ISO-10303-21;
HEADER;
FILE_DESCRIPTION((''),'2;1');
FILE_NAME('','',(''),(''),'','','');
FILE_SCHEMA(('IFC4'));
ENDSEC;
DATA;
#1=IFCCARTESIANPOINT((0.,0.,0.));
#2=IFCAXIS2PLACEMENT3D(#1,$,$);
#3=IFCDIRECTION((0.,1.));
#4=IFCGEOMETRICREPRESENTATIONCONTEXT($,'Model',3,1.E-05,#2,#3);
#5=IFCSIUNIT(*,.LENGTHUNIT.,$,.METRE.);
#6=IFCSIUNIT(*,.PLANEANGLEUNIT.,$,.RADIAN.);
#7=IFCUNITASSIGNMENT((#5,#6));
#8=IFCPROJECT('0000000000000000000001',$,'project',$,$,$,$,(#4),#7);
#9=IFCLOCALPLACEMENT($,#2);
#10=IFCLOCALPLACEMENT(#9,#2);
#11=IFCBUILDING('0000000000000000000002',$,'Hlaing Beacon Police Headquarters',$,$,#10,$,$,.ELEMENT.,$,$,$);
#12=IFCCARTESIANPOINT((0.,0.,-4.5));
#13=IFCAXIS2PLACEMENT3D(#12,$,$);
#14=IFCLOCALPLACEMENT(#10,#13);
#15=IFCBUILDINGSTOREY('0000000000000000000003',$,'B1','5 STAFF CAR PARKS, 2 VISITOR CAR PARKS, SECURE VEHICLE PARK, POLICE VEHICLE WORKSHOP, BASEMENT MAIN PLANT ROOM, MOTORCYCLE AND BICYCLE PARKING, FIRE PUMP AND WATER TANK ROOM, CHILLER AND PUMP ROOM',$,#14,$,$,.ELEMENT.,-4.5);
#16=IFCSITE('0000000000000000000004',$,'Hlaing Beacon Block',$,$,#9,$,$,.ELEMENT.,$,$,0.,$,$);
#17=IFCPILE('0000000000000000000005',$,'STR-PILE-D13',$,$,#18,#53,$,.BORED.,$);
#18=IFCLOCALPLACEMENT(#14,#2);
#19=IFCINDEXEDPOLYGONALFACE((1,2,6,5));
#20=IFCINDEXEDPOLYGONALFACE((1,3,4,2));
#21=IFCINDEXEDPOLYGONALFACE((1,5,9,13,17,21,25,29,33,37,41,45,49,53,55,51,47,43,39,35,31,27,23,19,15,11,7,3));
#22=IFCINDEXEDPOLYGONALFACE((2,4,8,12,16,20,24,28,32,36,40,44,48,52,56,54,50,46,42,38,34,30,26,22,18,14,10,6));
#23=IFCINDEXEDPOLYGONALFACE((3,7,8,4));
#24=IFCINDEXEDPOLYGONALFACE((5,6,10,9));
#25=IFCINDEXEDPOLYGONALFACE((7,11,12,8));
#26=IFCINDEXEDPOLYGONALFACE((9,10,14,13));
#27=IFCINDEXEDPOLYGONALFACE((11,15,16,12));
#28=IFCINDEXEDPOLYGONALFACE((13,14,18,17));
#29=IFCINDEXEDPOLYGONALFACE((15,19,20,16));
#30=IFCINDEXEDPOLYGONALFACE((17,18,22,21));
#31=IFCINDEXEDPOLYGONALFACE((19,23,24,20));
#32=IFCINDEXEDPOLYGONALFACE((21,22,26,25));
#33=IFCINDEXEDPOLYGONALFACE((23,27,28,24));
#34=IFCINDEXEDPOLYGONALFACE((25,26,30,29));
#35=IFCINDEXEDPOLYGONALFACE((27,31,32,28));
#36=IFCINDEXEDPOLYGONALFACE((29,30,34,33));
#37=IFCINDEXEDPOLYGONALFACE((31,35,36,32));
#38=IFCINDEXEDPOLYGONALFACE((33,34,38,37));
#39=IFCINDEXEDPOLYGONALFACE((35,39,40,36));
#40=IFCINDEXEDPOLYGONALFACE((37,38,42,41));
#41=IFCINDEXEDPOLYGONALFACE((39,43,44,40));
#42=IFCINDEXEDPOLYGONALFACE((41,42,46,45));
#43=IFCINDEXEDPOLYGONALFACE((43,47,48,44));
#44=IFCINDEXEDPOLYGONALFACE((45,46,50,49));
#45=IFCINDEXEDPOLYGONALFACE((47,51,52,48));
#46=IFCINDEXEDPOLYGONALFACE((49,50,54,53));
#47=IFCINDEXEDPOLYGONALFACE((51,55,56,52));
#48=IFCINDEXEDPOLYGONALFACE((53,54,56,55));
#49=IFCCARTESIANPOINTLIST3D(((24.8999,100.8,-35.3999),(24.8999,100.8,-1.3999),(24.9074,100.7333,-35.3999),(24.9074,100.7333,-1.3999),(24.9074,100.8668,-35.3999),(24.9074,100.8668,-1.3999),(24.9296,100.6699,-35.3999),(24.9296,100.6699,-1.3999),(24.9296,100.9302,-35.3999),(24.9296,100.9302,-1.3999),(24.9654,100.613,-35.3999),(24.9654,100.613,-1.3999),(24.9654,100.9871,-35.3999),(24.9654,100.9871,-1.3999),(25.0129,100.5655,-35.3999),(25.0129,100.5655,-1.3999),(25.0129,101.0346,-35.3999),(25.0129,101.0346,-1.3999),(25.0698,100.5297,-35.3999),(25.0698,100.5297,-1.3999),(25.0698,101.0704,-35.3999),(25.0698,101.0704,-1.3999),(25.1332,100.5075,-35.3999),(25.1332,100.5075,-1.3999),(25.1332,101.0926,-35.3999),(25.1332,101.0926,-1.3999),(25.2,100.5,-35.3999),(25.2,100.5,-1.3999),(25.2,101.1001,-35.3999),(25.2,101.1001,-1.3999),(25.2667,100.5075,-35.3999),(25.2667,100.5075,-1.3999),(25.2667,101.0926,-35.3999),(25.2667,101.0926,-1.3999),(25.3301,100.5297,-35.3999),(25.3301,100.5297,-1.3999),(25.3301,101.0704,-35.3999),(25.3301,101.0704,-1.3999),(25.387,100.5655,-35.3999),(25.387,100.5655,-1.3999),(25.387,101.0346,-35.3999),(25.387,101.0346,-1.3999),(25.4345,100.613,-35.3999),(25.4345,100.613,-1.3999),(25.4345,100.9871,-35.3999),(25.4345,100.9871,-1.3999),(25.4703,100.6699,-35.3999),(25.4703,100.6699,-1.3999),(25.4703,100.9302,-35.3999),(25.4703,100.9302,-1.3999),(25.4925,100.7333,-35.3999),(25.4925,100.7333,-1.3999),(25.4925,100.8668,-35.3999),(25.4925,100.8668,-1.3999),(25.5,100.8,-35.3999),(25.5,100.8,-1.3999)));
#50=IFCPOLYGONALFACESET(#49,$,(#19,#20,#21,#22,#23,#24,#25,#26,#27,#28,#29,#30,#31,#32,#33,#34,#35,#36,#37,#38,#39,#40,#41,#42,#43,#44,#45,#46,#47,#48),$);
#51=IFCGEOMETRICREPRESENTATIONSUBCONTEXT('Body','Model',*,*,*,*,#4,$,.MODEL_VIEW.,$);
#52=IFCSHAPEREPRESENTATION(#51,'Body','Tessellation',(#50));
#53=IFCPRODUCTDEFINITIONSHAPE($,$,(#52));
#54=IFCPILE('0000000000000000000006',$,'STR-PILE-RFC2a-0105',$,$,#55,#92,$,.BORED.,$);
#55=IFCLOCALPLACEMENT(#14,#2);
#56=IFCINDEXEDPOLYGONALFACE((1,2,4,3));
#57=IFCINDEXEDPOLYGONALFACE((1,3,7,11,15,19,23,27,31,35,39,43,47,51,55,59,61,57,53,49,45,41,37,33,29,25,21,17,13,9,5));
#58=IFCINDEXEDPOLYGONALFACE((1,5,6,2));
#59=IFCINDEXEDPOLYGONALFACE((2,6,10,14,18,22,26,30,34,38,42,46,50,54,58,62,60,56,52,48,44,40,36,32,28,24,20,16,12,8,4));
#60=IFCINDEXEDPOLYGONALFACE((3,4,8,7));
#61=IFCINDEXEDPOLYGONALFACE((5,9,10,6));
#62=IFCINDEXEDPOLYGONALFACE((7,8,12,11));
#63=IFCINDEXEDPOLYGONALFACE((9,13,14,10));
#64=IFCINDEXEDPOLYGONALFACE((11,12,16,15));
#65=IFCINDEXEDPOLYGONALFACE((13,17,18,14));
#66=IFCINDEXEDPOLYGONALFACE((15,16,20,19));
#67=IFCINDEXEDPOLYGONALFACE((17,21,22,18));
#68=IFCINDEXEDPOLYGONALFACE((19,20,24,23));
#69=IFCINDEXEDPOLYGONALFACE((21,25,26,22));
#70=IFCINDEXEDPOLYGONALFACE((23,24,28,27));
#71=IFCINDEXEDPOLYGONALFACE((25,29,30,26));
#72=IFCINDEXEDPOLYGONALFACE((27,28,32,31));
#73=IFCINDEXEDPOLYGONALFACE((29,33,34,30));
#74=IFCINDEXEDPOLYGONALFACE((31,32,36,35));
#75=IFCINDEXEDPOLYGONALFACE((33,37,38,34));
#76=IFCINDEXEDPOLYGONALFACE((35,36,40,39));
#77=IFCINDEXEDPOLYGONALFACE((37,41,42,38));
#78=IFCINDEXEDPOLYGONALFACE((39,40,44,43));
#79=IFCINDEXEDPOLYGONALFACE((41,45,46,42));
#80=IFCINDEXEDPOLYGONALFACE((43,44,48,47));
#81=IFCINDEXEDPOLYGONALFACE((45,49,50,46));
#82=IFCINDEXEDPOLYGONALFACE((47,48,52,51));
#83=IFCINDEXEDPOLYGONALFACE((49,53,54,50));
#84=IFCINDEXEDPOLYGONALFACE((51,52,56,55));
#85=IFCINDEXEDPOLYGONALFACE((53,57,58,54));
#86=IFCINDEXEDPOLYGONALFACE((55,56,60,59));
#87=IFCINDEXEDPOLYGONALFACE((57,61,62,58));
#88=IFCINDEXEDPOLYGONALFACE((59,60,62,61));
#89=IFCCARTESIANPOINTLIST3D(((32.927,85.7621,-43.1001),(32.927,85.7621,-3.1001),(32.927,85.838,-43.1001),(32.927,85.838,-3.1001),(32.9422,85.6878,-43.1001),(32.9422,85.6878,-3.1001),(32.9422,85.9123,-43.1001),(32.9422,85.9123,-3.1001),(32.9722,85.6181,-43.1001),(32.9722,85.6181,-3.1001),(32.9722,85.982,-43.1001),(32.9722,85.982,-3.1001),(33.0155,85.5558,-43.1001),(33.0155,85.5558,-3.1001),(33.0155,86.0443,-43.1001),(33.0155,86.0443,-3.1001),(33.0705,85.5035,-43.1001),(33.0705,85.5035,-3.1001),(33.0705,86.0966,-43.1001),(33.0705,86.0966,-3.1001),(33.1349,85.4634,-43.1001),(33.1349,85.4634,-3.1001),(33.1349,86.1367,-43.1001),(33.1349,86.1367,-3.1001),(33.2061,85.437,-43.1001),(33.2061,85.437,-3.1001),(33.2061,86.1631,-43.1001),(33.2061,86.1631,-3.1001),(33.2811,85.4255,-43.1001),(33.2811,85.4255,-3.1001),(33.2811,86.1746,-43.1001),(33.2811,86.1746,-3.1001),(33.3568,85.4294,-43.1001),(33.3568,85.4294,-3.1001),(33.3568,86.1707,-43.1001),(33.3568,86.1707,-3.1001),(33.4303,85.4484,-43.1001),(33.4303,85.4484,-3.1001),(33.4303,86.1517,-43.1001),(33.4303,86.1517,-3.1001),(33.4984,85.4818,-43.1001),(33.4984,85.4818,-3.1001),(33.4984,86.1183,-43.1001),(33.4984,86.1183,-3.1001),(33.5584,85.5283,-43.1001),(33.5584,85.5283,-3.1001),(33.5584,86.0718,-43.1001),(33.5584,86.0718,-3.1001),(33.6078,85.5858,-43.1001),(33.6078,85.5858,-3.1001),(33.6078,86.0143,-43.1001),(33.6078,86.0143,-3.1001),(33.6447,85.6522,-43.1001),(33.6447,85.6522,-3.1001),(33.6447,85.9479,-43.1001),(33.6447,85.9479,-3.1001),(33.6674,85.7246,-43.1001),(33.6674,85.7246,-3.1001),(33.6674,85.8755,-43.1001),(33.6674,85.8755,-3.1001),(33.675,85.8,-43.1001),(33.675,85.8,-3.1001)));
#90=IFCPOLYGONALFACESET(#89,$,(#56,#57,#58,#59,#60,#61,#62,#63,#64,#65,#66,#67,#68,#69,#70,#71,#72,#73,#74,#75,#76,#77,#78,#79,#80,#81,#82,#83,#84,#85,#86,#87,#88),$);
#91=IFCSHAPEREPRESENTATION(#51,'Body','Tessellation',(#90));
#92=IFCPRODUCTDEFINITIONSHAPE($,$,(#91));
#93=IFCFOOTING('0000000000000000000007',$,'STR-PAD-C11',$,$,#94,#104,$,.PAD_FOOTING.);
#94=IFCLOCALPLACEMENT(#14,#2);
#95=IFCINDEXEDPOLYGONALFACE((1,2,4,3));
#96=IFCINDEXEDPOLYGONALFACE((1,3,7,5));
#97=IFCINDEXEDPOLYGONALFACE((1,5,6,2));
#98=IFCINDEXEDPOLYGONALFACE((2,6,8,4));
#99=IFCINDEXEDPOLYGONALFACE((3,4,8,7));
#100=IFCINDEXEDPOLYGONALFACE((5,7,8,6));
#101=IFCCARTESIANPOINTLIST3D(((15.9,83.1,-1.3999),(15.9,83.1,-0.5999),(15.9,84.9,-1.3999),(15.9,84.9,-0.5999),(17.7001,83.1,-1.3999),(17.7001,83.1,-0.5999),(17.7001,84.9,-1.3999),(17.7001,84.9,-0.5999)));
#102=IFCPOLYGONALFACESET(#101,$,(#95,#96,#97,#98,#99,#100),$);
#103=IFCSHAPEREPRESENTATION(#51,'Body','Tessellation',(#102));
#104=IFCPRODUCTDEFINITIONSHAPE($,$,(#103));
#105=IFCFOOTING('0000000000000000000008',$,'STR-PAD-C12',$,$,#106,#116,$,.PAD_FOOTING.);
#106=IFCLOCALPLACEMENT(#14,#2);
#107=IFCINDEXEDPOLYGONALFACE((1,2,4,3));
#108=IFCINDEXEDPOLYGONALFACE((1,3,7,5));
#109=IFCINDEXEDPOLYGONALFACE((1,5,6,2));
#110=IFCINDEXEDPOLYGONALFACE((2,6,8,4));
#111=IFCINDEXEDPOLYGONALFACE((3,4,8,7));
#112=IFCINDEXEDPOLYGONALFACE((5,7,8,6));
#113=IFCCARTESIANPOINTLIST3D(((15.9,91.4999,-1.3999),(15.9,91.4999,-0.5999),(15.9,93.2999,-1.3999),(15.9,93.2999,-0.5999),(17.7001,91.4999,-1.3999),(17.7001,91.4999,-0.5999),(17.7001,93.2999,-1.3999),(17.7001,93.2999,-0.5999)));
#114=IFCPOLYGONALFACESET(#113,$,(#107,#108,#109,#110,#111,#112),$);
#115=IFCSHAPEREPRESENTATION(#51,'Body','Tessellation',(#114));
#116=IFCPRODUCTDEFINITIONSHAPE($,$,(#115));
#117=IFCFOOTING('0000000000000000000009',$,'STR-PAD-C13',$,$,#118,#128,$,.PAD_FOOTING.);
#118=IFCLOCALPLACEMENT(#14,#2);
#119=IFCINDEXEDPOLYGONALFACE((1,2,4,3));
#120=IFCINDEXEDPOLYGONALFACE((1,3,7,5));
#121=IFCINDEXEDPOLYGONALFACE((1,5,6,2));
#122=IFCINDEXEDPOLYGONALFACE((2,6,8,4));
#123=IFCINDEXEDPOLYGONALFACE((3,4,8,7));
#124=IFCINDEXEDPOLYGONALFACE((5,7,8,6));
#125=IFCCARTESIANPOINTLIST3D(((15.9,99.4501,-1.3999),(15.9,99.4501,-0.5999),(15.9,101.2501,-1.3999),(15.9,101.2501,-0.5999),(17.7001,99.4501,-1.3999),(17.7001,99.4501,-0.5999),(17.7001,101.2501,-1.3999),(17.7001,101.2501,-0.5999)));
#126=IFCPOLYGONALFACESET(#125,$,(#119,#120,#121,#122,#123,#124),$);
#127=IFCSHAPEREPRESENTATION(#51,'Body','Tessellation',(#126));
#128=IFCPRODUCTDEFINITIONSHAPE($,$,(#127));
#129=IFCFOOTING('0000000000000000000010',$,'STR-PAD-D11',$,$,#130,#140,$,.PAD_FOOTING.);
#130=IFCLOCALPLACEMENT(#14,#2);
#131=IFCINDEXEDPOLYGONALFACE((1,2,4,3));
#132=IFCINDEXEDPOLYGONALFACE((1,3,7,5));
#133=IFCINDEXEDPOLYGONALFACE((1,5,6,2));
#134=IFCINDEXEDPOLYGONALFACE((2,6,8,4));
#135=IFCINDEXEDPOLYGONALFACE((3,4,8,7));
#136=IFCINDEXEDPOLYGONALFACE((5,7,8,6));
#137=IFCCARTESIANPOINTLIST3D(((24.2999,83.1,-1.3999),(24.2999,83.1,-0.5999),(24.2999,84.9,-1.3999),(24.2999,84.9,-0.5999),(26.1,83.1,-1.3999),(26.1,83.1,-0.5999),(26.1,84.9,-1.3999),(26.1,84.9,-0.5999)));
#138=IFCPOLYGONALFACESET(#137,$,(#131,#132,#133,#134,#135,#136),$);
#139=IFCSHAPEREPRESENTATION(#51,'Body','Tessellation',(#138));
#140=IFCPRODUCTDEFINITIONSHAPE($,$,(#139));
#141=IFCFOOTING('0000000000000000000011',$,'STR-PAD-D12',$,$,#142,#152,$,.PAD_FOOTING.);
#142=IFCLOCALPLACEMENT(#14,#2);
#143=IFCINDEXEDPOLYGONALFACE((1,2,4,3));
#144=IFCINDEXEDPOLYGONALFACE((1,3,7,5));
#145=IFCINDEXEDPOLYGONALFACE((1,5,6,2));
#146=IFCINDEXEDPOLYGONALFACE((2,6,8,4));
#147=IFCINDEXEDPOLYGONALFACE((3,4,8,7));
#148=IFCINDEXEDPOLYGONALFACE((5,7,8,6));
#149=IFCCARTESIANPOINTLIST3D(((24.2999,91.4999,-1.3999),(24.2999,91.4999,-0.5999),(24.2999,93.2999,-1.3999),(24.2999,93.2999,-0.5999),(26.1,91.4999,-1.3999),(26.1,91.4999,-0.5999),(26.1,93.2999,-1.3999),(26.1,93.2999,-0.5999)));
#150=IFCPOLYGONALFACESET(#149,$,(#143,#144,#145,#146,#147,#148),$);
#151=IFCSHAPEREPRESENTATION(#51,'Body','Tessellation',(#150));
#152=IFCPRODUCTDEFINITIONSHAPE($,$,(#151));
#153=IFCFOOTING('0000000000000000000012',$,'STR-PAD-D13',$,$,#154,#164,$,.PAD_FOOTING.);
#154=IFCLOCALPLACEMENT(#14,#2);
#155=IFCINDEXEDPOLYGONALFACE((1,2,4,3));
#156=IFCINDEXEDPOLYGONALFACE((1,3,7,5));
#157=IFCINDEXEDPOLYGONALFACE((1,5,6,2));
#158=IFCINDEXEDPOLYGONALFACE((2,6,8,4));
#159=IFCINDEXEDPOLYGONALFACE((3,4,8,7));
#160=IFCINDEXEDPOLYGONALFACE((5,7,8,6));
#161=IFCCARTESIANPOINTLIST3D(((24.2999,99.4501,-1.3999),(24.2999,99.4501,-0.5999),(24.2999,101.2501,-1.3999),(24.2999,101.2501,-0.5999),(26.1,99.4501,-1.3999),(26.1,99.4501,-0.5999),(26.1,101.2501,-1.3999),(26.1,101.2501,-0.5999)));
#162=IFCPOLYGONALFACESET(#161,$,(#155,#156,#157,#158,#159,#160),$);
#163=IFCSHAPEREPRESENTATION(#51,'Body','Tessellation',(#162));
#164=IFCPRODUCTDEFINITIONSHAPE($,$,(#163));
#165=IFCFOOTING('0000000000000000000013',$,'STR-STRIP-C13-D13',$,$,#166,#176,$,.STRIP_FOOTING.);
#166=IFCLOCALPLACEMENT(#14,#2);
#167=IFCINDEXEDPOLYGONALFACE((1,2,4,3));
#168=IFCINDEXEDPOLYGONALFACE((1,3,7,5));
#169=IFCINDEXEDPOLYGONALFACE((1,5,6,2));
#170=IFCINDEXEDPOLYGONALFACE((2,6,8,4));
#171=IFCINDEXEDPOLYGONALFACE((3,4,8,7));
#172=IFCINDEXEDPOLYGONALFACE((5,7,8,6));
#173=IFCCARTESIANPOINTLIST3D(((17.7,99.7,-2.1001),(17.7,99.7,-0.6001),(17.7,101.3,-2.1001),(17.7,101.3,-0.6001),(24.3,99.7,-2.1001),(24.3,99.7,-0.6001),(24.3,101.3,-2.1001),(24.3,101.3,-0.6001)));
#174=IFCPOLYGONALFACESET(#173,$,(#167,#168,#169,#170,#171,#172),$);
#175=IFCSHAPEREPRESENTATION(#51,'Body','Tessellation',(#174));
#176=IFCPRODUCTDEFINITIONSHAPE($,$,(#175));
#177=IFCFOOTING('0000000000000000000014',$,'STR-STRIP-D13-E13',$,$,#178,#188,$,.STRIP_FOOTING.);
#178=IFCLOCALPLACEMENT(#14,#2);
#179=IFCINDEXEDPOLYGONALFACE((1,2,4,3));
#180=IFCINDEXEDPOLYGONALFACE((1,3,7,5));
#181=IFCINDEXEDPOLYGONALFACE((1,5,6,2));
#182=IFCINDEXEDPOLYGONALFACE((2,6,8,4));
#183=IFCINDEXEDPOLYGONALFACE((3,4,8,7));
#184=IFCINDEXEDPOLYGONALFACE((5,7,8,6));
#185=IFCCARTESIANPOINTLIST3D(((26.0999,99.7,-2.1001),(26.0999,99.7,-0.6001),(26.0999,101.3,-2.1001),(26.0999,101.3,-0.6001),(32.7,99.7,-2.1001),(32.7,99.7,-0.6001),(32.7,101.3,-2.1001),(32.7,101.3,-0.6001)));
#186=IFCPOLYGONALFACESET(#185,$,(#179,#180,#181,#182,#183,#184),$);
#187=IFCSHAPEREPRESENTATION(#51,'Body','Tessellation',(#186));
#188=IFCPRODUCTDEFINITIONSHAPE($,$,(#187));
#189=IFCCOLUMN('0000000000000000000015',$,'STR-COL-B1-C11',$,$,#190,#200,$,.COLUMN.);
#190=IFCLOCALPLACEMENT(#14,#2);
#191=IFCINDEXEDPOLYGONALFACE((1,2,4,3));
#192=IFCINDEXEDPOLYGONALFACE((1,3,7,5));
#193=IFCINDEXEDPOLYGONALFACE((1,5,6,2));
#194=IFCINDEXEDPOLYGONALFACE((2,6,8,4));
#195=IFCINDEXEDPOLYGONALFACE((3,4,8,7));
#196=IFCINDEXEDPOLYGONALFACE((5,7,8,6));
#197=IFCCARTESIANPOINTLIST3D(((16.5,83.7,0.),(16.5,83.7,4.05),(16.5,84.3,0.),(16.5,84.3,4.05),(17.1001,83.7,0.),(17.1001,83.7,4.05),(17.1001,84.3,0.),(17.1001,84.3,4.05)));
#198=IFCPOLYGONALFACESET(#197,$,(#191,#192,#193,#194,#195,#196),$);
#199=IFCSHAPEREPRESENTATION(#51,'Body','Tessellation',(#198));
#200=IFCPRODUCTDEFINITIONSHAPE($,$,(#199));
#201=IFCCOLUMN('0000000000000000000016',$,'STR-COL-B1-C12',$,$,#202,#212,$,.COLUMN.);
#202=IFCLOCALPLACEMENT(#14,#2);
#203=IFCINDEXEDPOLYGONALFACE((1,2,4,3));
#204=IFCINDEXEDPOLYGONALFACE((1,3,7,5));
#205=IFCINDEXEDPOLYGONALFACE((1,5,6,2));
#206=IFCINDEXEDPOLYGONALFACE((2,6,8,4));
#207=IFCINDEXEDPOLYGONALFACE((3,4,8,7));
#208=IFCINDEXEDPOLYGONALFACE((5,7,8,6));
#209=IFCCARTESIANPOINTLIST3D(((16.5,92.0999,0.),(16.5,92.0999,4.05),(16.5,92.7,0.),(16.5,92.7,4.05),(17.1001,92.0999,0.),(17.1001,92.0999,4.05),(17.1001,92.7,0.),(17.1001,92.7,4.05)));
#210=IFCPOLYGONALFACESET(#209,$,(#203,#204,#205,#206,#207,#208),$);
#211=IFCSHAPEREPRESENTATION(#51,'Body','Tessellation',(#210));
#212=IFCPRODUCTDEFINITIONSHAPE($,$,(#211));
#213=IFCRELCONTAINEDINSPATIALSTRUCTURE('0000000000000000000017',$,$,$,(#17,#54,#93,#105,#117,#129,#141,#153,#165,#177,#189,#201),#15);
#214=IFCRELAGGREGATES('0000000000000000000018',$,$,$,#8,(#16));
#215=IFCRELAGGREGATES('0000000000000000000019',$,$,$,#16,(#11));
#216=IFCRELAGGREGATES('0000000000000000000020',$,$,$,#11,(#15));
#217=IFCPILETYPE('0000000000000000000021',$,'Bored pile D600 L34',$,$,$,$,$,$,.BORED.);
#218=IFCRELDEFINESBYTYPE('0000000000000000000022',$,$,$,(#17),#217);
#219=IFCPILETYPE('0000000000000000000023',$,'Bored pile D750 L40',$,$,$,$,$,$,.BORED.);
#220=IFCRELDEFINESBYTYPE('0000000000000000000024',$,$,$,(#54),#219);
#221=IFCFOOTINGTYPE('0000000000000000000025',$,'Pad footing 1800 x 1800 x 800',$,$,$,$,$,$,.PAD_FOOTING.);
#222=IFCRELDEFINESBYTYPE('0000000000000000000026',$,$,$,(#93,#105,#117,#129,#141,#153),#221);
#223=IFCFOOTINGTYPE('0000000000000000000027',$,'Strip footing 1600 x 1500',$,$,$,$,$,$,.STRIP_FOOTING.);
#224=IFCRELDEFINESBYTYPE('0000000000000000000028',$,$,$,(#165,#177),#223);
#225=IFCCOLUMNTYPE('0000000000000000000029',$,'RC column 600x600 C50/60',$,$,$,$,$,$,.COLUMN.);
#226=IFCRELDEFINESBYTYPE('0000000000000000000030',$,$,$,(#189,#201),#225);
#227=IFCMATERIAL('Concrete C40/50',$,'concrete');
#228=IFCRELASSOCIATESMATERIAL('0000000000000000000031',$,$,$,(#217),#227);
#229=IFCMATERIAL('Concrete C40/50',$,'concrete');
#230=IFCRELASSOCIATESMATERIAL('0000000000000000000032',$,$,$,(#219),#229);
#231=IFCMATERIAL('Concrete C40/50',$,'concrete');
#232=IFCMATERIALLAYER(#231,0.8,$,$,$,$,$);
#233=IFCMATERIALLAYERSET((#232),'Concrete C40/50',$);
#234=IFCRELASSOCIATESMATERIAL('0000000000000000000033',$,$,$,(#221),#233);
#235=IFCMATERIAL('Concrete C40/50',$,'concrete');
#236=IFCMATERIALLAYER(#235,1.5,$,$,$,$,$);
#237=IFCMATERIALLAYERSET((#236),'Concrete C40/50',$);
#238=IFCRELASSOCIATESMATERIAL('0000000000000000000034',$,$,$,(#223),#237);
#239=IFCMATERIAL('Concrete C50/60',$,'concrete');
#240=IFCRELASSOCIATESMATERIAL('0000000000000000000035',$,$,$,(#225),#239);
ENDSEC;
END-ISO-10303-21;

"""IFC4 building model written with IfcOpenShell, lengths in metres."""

from ifc_helpers import new_model, si_unit, direction, frame, origin, origin_2d, place, context, subcontext, project, spatial, rectangle, circle, extrude, material, layer, layer_set, material_profile, profile_set, type_object, element, save


model = new_model("IFC4")

# Units and contexts
model_context = context("Model", 3, precision=1e-05, world=origin(), true_north=direction((0.0, 1.0)))
body_context = subcontext(model_context, "Body", "Model", "MODEL_VIEW")
ifc_project = project(units=[si_unit("LENGTHUNIT", "METRE"), si_unit("PLANEANGLEUNIT", "RADIAN")], contexts=[model_context])

# Site, building, storey
site_placement = place(None, origin())
site = spatial("IfcSite", under=ifc_project, at=site_placement, Name="Hlaing Beacon Block", CompositionType="ELEMENT", RefElevation=0.0)
building_placement = place(site_placement, origin())
building = spatial("IfcBuilding", under=site, at=building_placement, Name="Hlaing Beacon Police Headquarters", CompositionType="ELEMENT")
storey_placement = place(building_placement, frame((0.0, 0.0, -4.5)))
storey = spatial("IfcBuildingStorey", under=building, at=storey_placement, Name="B1", Description="5 STAFF CAR PARKS, 2 VISITOR CAR PARKS, SECURE VEHICLE PARK, POLICE VEHICLE WORKSHOP, BASEMENT MAIN PLANT ROOM, MOTORCYCLE AND BICYCLE PARKING, FIRE PUMP AND WATER TANK ROOM, CHILLER AND PUMP ROOM", CompositionType="ELEMENT", Elevation=-4.5)

# Piles
ifc_material_1 = material(Name="Concrete C40/50", Category="concrete")
ifc_material_profile_1 = material_profile(ifc_material_1, circle(Radius=0.3, at=origin_2d()), Name="D600")
ifc_profile_set_1 = profile_set([ifc_material_profile_1], Name="Concrete C40/50")
pile_type_1 = type_object("IfcPileType", Name="Bored pile D600 L34", PredefinedType="BORED", material=ifc_profile_set_1)
for number, where, z_axis, x_axis, name in (
    (1, (25.2, 100.8, -1.3999), (0.0, 0.0, -1.0), (1.0, 0.0, 0.0), "STR-PILE-D13"),
):
    element("IfcPile", number, at=place(storey_placement, frame(where, z_axis=z_axis, x_axis=x_axis)), inside=storey, type_object=pile_type_1, Name=name, PredefinedType="BORED", context=body_context, shape_type="SweptSolid", body=[
        extrude(circle(Radius=0.3, at=origin_2d()), origin(), (0.0, 0.0, 1.0), 34.0),
    ])
ifc_material_2 = material(Name="Concrete C40/50", Category="concrete")
ifc_material_profile_2 = material_profile(ifc_material_2, circle(Radius=0.375, at=origin_2d()), Name="D750")
ifc_profile_set_2 = profile_set([ifc_material_profile_2], Name="Concrete C40/50")
pile_type_2 = type_object("IfcPileType", Name="Bored pile D750 L40", PredefinedType="BORED", material=ifc_profile_set_2)
pile_placement = place(storey_placement, frame((33.3, 85.8, -3.1001), z_axis=(0.0, 0.0, -1.0), x_axis=(1.0, 0.0, 0.0)))
element("IfcPile", 2, at=pile_placement, inside=storey, type_object=pile_type_2, Name="STR-PILE-RFC2a-0105", PredefinedType="BORED", context=body_context, shape_type="SweptSolid", body=[
    extrude(circle(Radius=0.375, at=origin_2d()), origin(), (0.0, 0.0, 1.0), 40.0),
])

# Footings
ifc_material_3 = material(Name="Concrete C40/50", Category="concrete")
ifc_layer_1 = layer(ifc_material_3, 0.8)
ifc_layer_set_1 = layer_set([ifc_layer_1], Name="Concrete C40/50")
footing_type_1 = type_object("IfcFootingType", Name="Pad footing 1800 x 1800 x 800", PredefinedType="PAD_FOOTING", material=ifc_layer_set_1)
for number, where, z_axis, x_axis, name in (
    (3, (16.8, 84.0, -1.3999), (0.0, 0.0, 1.0), (1.0, 0.0, 0.0), "STR-PAD-C11"),
    (4, (16.8, 92.3999, -1.3999), (0.0, 0.0, 1.0), (1.0, 0.0, 0.0), "STR-PAD-C12"),
    (5, (16.8, 100.3501, -1.3999), (0.0, 0.0, 1.0), (1.0, 0.0, 0.0), "STR-PAD-C13"),
    (6, (25.2, 84.0, -1.3999), (0.0, 0.0, 1.0), (1.0, 0.0, 0.0), "STR-PAD-D11"),
    (7, (25.2, 92.3999, -1.3999), (0.0, 0.0, 1.0), (1.0, 0.0, 0.0), "STR-PAD-D12"),
    (8, (25.2, 100.3501, -1.3999), (0.0, 0.0, 1.0), (1.0, 0.0, 0.0), "STR-PAD-D13"),
):
    element("IfcFooting", number, at=place(storey_placement, frame(where, z_axis=z_axis, x_axis=x_axis)), inside=storey, type_object=footing_type_1, Name=name, PredefinedType="PAD_FOOTING", context=body_context, shape_type="SweptSolid", body=[
        extrude(rectangle(XDim=1.8, YDim=1.8, at=origin_2d()), origin(), (0.0, 0.0, 1.0), 0.8),
    ])
ifc_material_4 = material(Name="Concrete C40/50", Category="concrete")
ifc_layer_2 = layer(ifc_material_4, 1.5)
ifc_layer_set_2 = layer_set([ifc_layer_2], Name="Concrete C40/50")
footing_type_2 = type_object("IfcFootingType", Name="Strip footing 1600 x 1500", PredefinedType="STRIP_FOOTING", material=ifc_layer_set_2)
for number, where, z_axis, x_axis, name in (
    (9, (21.0, 100.5, -2.1001), (0.0, 0.0, 1.0), (1.0, 0.0, 0.0), "STR-STRIP-C13-D13"),
    (10, (29.3999, 100.5, -2.1001), (0.0, 0.0, 1.0), (1.0, 0.0, 0.0), "STR-STRIP-D13-E13"),
):
    element("IfcFooting", number, at=place(storey_placement, frame(where, z_axis=z_axis, x_axis=x_axis)), inside=storey, type_object=footing_type_2, Name=name, PredefinedType="STRIP_FOOTING", context=body_context, shape_type="SweptSolid", body=[
        extrude(rectangle(XDim=6.6001, YDim=1.6001, at=origin_2d()), origin(), (0.0, 0.0, 1.0), 1.5),
    ])

# Columns
ifc_material_5 = material(Name="Concrete C50/60", Category="concrete")
ifc_material_profile_3 = material_profile(ifc_material_5, rectangle(XDim=0.6001, YDim=0.6001, at=origin_2d()), Name="600x600")
ifc_profile_set_3 = profile_set([ifc_material_profile_3], Name="Concrete C50/60")
column_type = type_object("IfcColumnType", Name="RC column 600x600 C50/60", PredefinedType="COLUMN", material=ifc_profile_set_3)
for number, where, z_axis, x_axis, name in (
    (11, (16.8, 84.0, 0.0), (0.0, 0.0, 1.0), (1.0, 0.0, 0.0), "STR-COL-B1-C11"),
    (12, (16.8, 92.3999, 0.0), (0.0, 0.0, 1.0), (1.0, 0.0, 0.0), "STR-COL-B1-C12"),
):
    element("IfcColumn", number, at=place(storey_placement, frame(where, z_axis=z_axis, x_axis=x_axis)), inside=storey, type_object=column_type, Name=name, PredefinedType="COLUMN", context=body_context, shape_type="SweptSolid", body=[
        extrude(rectangle(XDim=0.6001, YDim=0.6001, at=origin_2d()), origin(), (0.0, 0.0, 1.0), 4.05),
    ])

save(model, "model.ifc")
